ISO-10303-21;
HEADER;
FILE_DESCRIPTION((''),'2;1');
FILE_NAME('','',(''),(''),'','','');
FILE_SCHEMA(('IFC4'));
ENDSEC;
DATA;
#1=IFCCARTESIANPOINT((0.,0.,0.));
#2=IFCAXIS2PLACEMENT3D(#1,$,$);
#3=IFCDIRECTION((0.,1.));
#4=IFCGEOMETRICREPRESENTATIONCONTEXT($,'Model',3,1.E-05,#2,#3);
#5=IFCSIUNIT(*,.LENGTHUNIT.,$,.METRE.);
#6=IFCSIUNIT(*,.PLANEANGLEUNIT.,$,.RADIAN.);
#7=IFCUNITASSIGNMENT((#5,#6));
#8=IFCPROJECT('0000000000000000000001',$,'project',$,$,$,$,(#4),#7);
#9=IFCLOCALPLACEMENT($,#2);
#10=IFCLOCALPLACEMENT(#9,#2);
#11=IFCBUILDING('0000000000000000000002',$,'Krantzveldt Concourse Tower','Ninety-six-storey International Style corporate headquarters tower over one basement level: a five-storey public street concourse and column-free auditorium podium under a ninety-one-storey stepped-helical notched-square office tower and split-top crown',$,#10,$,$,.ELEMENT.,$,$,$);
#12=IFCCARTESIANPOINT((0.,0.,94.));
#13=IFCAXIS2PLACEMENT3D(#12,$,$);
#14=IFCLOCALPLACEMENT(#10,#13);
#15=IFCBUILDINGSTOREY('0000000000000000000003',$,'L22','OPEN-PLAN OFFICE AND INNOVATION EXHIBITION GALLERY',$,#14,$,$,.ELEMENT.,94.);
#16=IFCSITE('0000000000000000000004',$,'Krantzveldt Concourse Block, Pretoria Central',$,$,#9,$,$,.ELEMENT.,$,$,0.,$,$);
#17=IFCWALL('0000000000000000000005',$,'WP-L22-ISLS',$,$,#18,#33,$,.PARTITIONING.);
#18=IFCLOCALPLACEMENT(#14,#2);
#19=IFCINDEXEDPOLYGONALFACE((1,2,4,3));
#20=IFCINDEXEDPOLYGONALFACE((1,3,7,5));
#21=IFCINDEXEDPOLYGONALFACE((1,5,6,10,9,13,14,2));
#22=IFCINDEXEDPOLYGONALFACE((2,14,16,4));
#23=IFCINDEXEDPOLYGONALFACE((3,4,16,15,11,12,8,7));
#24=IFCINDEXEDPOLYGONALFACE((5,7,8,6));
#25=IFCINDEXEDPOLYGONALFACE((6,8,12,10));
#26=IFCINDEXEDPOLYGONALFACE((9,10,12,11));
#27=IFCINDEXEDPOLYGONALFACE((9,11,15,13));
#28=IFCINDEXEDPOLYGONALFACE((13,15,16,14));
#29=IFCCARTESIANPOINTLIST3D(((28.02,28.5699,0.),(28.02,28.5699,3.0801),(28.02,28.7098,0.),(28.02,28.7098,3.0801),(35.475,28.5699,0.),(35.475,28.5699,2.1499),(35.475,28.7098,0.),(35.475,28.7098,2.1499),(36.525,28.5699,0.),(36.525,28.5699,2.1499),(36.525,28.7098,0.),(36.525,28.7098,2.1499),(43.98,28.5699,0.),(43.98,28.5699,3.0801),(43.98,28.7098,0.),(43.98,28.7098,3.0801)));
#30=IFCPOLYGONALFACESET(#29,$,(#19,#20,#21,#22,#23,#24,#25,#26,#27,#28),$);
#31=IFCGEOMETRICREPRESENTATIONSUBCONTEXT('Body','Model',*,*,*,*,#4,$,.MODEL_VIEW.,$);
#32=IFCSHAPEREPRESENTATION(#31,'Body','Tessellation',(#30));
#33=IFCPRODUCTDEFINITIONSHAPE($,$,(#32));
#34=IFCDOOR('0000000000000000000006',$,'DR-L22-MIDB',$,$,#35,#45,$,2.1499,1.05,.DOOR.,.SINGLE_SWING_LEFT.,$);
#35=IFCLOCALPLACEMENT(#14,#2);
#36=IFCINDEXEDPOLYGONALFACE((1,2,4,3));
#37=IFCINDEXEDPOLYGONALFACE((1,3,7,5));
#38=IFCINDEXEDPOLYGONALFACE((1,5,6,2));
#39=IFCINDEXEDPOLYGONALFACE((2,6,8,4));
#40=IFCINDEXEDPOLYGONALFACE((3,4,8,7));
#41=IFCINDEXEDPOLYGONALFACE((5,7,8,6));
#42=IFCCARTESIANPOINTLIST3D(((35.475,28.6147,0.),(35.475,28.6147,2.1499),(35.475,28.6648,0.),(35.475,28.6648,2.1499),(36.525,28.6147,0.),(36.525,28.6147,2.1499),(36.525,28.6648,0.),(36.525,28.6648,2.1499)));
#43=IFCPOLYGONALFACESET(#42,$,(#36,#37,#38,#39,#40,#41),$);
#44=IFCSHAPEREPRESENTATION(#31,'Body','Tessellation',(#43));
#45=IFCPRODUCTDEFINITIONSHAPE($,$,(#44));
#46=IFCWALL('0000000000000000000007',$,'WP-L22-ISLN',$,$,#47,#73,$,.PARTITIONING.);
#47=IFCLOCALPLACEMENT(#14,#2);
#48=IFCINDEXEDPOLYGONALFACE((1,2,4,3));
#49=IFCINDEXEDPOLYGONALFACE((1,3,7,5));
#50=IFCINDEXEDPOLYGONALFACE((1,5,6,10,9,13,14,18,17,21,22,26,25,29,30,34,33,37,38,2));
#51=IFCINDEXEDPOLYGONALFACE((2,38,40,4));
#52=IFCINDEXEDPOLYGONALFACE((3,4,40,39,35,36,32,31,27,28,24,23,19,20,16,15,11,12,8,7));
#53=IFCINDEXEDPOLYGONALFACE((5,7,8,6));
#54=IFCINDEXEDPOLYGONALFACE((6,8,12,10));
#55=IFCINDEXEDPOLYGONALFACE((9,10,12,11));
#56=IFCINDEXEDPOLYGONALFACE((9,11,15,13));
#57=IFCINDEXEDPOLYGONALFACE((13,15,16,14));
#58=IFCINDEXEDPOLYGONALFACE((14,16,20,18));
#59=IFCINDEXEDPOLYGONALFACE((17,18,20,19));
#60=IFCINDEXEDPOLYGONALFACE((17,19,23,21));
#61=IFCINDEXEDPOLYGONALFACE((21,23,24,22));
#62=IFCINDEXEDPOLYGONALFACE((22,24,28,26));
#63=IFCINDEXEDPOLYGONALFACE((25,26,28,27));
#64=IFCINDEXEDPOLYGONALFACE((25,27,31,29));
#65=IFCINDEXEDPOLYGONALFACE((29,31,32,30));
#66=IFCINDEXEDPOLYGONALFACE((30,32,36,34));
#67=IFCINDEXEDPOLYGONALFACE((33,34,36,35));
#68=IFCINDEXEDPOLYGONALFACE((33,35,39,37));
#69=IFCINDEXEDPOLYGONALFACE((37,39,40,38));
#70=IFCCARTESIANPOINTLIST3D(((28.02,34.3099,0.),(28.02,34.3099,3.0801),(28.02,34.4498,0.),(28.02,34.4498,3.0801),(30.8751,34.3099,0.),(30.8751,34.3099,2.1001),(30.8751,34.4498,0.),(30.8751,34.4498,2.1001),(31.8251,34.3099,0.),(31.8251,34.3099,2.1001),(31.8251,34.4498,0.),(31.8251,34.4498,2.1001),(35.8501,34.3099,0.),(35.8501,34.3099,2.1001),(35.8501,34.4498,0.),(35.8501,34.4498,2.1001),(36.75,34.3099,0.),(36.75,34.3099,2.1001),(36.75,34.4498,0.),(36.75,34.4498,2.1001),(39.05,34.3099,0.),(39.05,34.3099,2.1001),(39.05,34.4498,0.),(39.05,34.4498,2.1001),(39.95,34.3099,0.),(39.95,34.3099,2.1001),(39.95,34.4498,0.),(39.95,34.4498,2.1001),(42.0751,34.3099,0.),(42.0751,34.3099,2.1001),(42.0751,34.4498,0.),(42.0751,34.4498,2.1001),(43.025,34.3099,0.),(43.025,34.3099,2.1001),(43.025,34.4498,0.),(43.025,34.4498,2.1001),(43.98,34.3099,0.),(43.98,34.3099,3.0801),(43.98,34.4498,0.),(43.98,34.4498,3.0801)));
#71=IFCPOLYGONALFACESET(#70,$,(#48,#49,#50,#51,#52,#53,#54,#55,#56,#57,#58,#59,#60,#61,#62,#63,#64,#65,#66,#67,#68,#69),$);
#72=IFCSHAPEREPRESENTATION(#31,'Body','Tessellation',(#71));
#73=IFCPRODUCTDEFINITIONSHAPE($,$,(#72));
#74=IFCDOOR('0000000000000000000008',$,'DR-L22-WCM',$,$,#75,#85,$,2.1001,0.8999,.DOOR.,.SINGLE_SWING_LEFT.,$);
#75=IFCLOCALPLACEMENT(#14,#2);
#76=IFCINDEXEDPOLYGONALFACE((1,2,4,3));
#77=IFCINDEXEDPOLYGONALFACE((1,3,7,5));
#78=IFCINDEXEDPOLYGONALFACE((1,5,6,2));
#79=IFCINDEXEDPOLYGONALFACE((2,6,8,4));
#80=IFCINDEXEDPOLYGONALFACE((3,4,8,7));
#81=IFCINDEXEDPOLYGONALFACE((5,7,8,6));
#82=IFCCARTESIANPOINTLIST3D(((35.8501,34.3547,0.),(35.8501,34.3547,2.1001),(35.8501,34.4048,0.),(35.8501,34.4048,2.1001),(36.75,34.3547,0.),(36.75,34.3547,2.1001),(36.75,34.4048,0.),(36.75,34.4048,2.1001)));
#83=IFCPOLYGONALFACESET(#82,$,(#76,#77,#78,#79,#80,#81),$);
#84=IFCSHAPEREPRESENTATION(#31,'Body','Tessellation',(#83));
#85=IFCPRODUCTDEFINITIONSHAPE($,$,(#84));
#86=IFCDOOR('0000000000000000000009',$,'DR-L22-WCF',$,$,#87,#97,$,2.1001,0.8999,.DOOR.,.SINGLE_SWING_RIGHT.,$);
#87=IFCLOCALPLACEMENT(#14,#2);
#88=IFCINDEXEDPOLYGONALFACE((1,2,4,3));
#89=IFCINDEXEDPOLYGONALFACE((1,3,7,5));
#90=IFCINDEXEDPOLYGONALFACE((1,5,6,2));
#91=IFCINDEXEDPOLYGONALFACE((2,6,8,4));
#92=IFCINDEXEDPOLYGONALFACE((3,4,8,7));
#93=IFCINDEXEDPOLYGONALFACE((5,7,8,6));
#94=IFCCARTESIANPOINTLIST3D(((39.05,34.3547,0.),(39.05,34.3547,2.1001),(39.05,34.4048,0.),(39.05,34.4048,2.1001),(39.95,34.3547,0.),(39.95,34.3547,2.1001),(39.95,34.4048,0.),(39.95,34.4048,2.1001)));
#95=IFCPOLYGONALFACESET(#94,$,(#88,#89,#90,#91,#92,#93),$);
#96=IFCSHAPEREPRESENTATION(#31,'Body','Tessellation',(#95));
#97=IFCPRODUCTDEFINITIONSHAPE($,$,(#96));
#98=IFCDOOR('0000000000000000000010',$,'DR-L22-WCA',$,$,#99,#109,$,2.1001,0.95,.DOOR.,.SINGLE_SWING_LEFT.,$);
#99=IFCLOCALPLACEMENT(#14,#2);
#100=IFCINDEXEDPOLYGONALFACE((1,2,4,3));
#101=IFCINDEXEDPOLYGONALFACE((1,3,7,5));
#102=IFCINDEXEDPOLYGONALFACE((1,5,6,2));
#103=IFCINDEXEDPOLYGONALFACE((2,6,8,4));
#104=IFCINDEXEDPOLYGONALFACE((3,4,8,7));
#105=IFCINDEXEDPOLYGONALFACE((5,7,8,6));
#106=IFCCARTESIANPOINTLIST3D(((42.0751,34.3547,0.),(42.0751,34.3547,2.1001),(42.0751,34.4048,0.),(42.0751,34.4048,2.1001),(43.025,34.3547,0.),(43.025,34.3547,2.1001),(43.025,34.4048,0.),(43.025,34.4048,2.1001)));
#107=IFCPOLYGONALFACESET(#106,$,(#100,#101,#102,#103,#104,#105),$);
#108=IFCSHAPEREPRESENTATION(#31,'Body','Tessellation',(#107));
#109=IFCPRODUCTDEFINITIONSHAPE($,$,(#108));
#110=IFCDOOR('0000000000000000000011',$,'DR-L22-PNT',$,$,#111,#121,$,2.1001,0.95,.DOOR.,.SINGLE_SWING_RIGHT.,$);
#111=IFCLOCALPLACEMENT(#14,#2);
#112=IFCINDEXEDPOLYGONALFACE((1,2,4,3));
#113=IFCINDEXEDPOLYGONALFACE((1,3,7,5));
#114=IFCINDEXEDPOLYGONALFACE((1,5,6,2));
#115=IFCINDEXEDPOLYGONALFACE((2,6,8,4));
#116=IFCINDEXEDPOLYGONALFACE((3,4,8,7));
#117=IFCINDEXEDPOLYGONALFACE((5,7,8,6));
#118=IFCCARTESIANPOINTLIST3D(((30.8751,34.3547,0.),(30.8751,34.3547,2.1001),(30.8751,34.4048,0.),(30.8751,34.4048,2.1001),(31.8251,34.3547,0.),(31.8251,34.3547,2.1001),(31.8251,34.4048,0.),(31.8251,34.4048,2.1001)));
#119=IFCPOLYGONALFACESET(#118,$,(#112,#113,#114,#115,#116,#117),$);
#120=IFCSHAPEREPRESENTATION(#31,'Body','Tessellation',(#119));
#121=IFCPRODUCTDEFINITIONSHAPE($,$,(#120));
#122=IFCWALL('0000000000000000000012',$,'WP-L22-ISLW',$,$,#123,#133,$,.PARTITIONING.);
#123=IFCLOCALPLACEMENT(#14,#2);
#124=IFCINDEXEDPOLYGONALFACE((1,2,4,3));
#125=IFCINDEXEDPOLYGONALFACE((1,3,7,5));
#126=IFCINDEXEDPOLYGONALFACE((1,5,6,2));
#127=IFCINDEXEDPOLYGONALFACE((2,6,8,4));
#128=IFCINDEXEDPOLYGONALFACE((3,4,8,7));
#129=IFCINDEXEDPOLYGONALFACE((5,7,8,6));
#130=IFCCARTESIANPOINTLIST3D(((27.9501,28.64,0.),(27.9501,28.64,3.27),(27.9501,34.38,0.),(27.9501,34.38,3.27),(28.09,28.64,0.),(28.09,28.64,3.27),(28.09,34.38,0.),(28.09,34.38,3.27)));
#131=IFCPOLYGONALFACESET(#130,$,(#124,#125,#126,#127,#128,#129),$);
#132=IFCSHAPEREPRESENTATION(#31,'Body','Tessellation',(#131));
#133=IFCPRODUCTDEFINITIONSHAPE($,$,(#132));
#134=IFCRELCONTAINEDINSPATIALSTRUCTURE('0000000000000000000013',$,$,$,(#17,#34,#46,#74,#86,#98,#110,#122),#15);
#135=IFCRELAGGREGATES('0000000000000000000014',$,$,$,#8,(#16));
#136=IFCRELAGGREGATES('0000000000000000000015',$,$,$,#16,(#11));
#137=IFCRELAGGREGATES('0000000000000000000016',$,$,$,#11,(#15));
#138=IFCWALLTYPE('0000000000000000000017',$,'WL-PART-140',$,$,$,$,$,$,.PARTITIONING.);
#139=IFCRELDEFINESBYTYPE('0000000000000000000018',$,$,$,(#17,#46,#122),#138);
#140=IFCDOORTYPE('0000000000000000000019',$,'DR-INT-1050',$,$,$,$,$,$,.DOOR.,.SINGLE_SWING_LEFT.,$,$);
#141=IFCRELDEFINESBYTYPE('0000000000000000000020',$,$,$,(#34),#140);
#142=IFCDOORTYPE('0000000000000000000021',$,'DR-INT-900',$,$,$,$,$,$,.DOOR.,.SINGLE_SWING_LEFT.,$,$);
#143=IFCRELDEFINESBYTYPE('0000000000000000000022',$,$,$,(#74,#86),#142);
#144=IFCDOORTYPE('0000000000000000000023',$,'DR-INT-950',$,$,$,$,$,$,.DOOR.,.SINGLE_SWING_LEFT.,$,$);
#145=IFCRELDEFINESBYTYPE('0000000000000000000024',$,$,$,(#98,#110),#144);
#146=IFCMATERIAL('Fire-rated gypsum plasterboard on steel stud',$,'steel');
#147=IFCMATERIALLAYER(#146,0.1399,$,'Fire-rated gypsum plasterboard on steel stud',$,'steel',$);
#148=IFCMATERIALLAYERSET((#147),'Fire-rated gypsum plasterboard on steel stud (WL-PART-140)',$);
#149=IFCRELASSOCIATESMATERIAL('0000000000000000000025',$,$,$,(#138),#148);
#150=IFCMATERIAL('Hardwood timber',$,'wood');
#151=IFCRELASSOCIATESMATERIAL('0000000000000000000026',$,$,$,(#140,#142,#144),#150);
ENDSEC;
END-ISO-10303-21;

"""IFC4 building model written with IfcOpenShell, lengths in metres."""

from ifc_helpers import new_model, si_unit, direction, frame, frame_2d, origin, place, context, subcontext, project, spatial, rectangle, extrude, material, layer, layer_set, type_object, element, fill, save


model = new_model("IFC4")

# Units and contexts
model_context = context("Model", 3, precision=1e-05, world=origin(), true_north=direction((0.0, 1.0)))
body_context = subcontext(model_context, "Body", "Model", "MODEL_VIEW")
ifc_project = project(units=[si_unit("LENGTHUNIT", "METRE"), si_unit("PLANEANGLEUNIT", "RADIAN")], contexts=[model_context])

# Site, building, storey
site_placement = place(None, origin())
site = spatial("IfcSite", under=ifc_project, at=site_placement, Name="Krantzveldt Concourse Block, Pretoria Central", CompositionType="ELEMENT", RefElevation=0.0)
building_placement = place(site_placement, origin())
building = spatial("IfcBuilding", under=site, at=building_placement, Name="Krantzveldt Concourse Tower", Description="Ninety-six-storey International Style corporate headquarters tower over one basement level: a five-storey public street concourse and column-free auditorium podium under a ninety-one-storey stepped-helical notched-square office tower and split-top crown", CompositionType="ELEMENT")
storey_placement = place(building_placement, frame((0.0, 0.0, 94.0)))
storey = spatial("IfcBuildingStorey", under=building, at=storey_placement, Name="L22", Description="OPEN-PLAN OFFICE AND INNOVATION EXHIBITION GALLERY", CompositionType="ELEMENT", Elevation=94.0)

# Shared definitions
ifc_material_1 = material(Name="Fire-rated gypsum plasterboard on steel stud", Category="steel")

# Wall, opening, door
ifc_layer_1 = layer(ifc_material_1, 0.1399, Name="Fire-rated gypsum plasterboard on steel stud", Category="steel")
ifc_layer_set_1 = layer_set([ifc_layer_1], Name="Fire-rated gypsum plasterboard on steel stud (WL-PART-140)")
wall_type_1 = type_object("IfcWallType", Name="WL-PART-140", PredefinedType="PARTITIONING", material=ifc_layer_set_1)
wall_1_placement = place(storey_placement, frame((28.02, 28.6399, 0.0), z_axis=(0.0, 0.0, 1.0), x_axis=(1.0, 0.0, 0.0)))
wall_1 = element("IfcWall", 1, at=wall_1_placement, inside=storey, type_object=wall_type_1, Name="WP-L22-ISLS", PredefinedType="PARTITIONING", context=body_context, shape_type="SweptSolid", body=[
    extrude(rectangle(XDim=15.96, YDim=0.1399, at=frame_2d((7.98, 0.0))), origin(), (0.0, 0.0, 1.0), 3.0801),
])
opening_1_placement = place(wall_1_placement, frame((7.4551, 0.0, 0.0)))
opening_1 = element("IfcOpeningElement", 2, at=opening_1_placement, cuts=wall_1, PredefinedType="OPENING", context=body_context, shape_type="SweptSolid", body=[
    extrude(rectangle(XDim=1.05, YDim=2.1499, at=frame_2d((0.5249, 1.075))), frame((0.0, 0.0801, 0.0), z_axis=(0.0, -1.0, 0.0), x_axis=(1.0, 0.0, 0.0)), (0.0, 0.0, 1.0), 0.1599),
])
ifc_material_2 = material(Name="Hardwood timber", Category="wood")
door_type_1 = type_object("IfcDoorType", Name="DR-INT-1050", OperationType="SINGLE_SWING_LEFT", PredefinedType="DOOR", material=ifc_material_2)
door_1_placement = place(opening_1_placement, origin())
door_1 = element("IfcDoor", 3, at=door_1_placement, inside=storey, type_object=door_type_1, Name="DR-L22-MIDB", OperationType="SINGLE_SWING_LEFT", OverallHeight=2.1499, OverallWidth=1.05, PredefinedType="DOOR", context=body_context, shape_type="SweptSolid", body=[
    extrude(rectangle(XDim=1.05, YDim=2.1499, at=frame_2d((0.5249, 1.075))), frame((0.0, 0.0249, 0.0), z_axis=(0.0, -1.0, 0.0), x_axis=(1.0, 0.0, 0.0)), (0.0, 0.0, 1.0), 0.05),
])
fill(opening_1, door_1)

# Wall, openings, doors
wall_2_placement = place(storey_placement, frame((28.02, 34.3799, 0.0), z_axis=(0.0, 0.0, 1.0), x_axis=(1.0, 0.0, 0.0)))
wall_2 = element("IfcWall", 4, at=wall_2_placement, inside=storey, type_object=wall_type_1, Name="WP-L22-ISLN", PredefinedType="PARTITIONING", context=body_context, shape_type="SweptSolid", body=[
    extrude(rectangle(XDim=15.96, YDim=0.1399, at=frame_2d((7.98, 0.0))), origin(), (0.0, 0.0, 1.0), 3.0801),
])
opening_2_placement = place(wall_2_placement, frame((7.8301, 0.0, 0.0)))
opening_2 = element("IfcOpeningElement", 5, at=opening_2_placement, cuts=wall_2, PredefinedType="OPENING", context=body_context, shape_type="SweptSolid", body=[
    extrude(rectangle(XDim=0.8999, YDim=2.1001, at=frame_2d((0.45, 1.05))), frame((0.0, 0.0801, 0.0), z_axis=(0.0, -1.0, 0.0), x_axis=(1.0, 0.0, 0.0)), (0.0, 0.0, 1.0), 0.1599),
])
opening_3_placement = place(wall_2_placement, frame((11.03, 0.0, 0.0)))
opening_3 = element("IfcOpeningElement", 6, at=opening_3_placement, cuts=wall_2, PredefinedType="OPENING", context=body_context, shape_type="SweptSolid", body=[
    extrude(rectangle(XDim=0.8999, YDim=2.1001, at=frame_2d((0.45, 1.05))), frame((0.0, 0.0801, 0.0), z_axis=(0.0, -1.0, 0.0), x_axis=(1.0, 0.0, 0.0)), (0.0, 0.0, 1.0), 0.1599),
])
opening_4_placement = place(wall_2_placement, frame((14.0549, 0.0, 0.0)))
opening_4 = element("IfcOpeningElement", 7, at=opening_4_placement, cuts=wall_2, PredefinedType="OPENING", context=body_context, shape_type="SweptSolid", body=[
    extrude(rectangle(XDim=0.95, YDim=2.1001, at=frame_2d((0.4751, 1.05))), frame((0.0, 0.0801, 0.0), z_axis=(0.0, -1.0, 0.0), x_axis=(1.0, 0.0, 0.0)), (0.0, 0.0, 1.0), 0.1599),
])
opening_5_placement = place(wall_2_placement, frame((2.855, 0.0, 0.0)))
opening_5 = element("IfcOpeningElement", 8, at=opening_5_placement, cuts=wall_2, PredefinedType="OPENING", context=body_context, shape_type="SweptSolid", body=[
    extrude(rectangle(XDim=0.95, YDim=2.1001, at=frame_2d((0.4751, 1.05))), frame((0.0, 0.0801, 0.0), z_axis=(0.0, -1.0, 0.0), x_axis=(1.0, 0.0, 0.0)), (0.0, 0.0, 1.0), 0.1599),
])
door_type_2 = type_object("IfcDoorType", Name="DR-INT-900", OperationType="SINGLE_SWING_LEFT", PredefinedType="DOOR", material=ifc_material_2)
door_2_placement = place(opening_2_placement, origin())
door_2 = element("IfcDoor", 9, at=door_2_placement, inside=storey, type_object=door_type_2, Name="DR-L22-WCM", OperationType="SINGLE_SWING_LEFT", OverallHeight=2.1001, OverallWidth=0.8999, PredefinedType="DOOR", context=body_context, shape_type="SweptSolid", body=[
    extrude(rectangle(XDim=0.8999, YDim=2.1001, at=frame_2d((0.45, 1.05))), frame((0.0, 0.0249, 0.0), z_axis=(0.0, -1.0, 0.0), x_axis=(1.0, 0.0, 0.0)), (0.0, 0.0, 1.0), 0.05),
])
fill(opening_2, door_2)
door_3_placement = place(opening_3_placement, origin())
door_3 = element("IfcDoor", 10, at=door_3_placement, inside=storey, type_object=door_type_2, Name="DR-L22-WCF", OperationType="SINGLE_SWING_RIGHT", OverallHeight=2.1001, OverallWidth=0.8999, PredefinedType="DOOR", context=body_context, shape_type="SweptSolid", body=[
    extrude(rectangle(XDim=0.8999, YDim=2.1001, at=frame_2d((0.45, 1.05))), frame((0.0, 0.0249, 0.0), z_axis=(0.0, -1.0, 0.0), x_axis=(1.0, 0.0, 0.0)), (0.0, 0.0, 1.0), 0.05),
])
fill(opening_3, door_3)
door_type_3 = type_object("IfcDoorType", Name="DR-INT-950", OperationType="SINGLE_SWING_LEFT", PredefinedType="DOOR", material=ifc_material_2)
door_4_placement = place(opening_4_placement, origin())
door_4 = element("IfcDoor", 11, at=door_4_placement, inside=storey, type_object=door_type_3, Name="DR-L22-WCA", OperationType="SINGLE_SWING_LEFT", OverallHeight=2.1001, OverallWidth=0.95, PredefinedType="DOOR", context=body_context, shape_type="SweptSolid", body=[
    extrude(rectangle(XDim=0.95, YDim=2.1001, at=frame_2d((0.4751, 1.05))), frame((0.0, 0.0249, 0.0), z_axis=(0.0, -1.0, 0.0), x_axis=(1.0, 0.0, 0.0)), (0.0, 0.0, 1.0), 0.05),
])
fill(opening_4, door_4)
door_5_placement = place(opening_5_placement, origin())
door_5 = element("IfcDoor", 12, at=door_5_placement, inside=storey, type_object=door_type_3, Name="DR-L22-PNT", OperationType="SINGLE_SWING_RIGHT", OverallHeight=2.1001, OverallWidth=0.95, PredefinedType="DOOR", context=body_context, shape_type="SweptSolid", body=[
    extrude(rectangle(XDim=0.95, YDim=2.1001, at=frame_2d((0.4751, 1.05))), frame((0.0, 0.0249, 0.0), z_axis=(0.0, -1.0, 0.0), x_axis=(1.0, 0.0, 0.0)), (0.0, 0.0, 1.0), 0.05),
])
fill(opening_5, door_5)

# Wall
wall_3_placement = place(storey_placement, frame((28.02, 28.6399, 0.0), z_axis=(0.0, 0.0, 1.0), x_axis=(0.0, 1.0, 0.0)))
element("IfcWall", 13, at=wall_3_placement, inside=storey, type_object=wall_type_1, Name="WP-L22-ISLW", PredefinedType="PARTITIONING", context=body_context, shape_type="SweptSolid", body=[
    extrude(rectangle(XDim=5.74, YDim=0.1399, at=frame_2d((2.8701, 0.0))), origin(), (0.0, 0.0, 1.0), 3.27),
])

save(model, "model.ifc")
